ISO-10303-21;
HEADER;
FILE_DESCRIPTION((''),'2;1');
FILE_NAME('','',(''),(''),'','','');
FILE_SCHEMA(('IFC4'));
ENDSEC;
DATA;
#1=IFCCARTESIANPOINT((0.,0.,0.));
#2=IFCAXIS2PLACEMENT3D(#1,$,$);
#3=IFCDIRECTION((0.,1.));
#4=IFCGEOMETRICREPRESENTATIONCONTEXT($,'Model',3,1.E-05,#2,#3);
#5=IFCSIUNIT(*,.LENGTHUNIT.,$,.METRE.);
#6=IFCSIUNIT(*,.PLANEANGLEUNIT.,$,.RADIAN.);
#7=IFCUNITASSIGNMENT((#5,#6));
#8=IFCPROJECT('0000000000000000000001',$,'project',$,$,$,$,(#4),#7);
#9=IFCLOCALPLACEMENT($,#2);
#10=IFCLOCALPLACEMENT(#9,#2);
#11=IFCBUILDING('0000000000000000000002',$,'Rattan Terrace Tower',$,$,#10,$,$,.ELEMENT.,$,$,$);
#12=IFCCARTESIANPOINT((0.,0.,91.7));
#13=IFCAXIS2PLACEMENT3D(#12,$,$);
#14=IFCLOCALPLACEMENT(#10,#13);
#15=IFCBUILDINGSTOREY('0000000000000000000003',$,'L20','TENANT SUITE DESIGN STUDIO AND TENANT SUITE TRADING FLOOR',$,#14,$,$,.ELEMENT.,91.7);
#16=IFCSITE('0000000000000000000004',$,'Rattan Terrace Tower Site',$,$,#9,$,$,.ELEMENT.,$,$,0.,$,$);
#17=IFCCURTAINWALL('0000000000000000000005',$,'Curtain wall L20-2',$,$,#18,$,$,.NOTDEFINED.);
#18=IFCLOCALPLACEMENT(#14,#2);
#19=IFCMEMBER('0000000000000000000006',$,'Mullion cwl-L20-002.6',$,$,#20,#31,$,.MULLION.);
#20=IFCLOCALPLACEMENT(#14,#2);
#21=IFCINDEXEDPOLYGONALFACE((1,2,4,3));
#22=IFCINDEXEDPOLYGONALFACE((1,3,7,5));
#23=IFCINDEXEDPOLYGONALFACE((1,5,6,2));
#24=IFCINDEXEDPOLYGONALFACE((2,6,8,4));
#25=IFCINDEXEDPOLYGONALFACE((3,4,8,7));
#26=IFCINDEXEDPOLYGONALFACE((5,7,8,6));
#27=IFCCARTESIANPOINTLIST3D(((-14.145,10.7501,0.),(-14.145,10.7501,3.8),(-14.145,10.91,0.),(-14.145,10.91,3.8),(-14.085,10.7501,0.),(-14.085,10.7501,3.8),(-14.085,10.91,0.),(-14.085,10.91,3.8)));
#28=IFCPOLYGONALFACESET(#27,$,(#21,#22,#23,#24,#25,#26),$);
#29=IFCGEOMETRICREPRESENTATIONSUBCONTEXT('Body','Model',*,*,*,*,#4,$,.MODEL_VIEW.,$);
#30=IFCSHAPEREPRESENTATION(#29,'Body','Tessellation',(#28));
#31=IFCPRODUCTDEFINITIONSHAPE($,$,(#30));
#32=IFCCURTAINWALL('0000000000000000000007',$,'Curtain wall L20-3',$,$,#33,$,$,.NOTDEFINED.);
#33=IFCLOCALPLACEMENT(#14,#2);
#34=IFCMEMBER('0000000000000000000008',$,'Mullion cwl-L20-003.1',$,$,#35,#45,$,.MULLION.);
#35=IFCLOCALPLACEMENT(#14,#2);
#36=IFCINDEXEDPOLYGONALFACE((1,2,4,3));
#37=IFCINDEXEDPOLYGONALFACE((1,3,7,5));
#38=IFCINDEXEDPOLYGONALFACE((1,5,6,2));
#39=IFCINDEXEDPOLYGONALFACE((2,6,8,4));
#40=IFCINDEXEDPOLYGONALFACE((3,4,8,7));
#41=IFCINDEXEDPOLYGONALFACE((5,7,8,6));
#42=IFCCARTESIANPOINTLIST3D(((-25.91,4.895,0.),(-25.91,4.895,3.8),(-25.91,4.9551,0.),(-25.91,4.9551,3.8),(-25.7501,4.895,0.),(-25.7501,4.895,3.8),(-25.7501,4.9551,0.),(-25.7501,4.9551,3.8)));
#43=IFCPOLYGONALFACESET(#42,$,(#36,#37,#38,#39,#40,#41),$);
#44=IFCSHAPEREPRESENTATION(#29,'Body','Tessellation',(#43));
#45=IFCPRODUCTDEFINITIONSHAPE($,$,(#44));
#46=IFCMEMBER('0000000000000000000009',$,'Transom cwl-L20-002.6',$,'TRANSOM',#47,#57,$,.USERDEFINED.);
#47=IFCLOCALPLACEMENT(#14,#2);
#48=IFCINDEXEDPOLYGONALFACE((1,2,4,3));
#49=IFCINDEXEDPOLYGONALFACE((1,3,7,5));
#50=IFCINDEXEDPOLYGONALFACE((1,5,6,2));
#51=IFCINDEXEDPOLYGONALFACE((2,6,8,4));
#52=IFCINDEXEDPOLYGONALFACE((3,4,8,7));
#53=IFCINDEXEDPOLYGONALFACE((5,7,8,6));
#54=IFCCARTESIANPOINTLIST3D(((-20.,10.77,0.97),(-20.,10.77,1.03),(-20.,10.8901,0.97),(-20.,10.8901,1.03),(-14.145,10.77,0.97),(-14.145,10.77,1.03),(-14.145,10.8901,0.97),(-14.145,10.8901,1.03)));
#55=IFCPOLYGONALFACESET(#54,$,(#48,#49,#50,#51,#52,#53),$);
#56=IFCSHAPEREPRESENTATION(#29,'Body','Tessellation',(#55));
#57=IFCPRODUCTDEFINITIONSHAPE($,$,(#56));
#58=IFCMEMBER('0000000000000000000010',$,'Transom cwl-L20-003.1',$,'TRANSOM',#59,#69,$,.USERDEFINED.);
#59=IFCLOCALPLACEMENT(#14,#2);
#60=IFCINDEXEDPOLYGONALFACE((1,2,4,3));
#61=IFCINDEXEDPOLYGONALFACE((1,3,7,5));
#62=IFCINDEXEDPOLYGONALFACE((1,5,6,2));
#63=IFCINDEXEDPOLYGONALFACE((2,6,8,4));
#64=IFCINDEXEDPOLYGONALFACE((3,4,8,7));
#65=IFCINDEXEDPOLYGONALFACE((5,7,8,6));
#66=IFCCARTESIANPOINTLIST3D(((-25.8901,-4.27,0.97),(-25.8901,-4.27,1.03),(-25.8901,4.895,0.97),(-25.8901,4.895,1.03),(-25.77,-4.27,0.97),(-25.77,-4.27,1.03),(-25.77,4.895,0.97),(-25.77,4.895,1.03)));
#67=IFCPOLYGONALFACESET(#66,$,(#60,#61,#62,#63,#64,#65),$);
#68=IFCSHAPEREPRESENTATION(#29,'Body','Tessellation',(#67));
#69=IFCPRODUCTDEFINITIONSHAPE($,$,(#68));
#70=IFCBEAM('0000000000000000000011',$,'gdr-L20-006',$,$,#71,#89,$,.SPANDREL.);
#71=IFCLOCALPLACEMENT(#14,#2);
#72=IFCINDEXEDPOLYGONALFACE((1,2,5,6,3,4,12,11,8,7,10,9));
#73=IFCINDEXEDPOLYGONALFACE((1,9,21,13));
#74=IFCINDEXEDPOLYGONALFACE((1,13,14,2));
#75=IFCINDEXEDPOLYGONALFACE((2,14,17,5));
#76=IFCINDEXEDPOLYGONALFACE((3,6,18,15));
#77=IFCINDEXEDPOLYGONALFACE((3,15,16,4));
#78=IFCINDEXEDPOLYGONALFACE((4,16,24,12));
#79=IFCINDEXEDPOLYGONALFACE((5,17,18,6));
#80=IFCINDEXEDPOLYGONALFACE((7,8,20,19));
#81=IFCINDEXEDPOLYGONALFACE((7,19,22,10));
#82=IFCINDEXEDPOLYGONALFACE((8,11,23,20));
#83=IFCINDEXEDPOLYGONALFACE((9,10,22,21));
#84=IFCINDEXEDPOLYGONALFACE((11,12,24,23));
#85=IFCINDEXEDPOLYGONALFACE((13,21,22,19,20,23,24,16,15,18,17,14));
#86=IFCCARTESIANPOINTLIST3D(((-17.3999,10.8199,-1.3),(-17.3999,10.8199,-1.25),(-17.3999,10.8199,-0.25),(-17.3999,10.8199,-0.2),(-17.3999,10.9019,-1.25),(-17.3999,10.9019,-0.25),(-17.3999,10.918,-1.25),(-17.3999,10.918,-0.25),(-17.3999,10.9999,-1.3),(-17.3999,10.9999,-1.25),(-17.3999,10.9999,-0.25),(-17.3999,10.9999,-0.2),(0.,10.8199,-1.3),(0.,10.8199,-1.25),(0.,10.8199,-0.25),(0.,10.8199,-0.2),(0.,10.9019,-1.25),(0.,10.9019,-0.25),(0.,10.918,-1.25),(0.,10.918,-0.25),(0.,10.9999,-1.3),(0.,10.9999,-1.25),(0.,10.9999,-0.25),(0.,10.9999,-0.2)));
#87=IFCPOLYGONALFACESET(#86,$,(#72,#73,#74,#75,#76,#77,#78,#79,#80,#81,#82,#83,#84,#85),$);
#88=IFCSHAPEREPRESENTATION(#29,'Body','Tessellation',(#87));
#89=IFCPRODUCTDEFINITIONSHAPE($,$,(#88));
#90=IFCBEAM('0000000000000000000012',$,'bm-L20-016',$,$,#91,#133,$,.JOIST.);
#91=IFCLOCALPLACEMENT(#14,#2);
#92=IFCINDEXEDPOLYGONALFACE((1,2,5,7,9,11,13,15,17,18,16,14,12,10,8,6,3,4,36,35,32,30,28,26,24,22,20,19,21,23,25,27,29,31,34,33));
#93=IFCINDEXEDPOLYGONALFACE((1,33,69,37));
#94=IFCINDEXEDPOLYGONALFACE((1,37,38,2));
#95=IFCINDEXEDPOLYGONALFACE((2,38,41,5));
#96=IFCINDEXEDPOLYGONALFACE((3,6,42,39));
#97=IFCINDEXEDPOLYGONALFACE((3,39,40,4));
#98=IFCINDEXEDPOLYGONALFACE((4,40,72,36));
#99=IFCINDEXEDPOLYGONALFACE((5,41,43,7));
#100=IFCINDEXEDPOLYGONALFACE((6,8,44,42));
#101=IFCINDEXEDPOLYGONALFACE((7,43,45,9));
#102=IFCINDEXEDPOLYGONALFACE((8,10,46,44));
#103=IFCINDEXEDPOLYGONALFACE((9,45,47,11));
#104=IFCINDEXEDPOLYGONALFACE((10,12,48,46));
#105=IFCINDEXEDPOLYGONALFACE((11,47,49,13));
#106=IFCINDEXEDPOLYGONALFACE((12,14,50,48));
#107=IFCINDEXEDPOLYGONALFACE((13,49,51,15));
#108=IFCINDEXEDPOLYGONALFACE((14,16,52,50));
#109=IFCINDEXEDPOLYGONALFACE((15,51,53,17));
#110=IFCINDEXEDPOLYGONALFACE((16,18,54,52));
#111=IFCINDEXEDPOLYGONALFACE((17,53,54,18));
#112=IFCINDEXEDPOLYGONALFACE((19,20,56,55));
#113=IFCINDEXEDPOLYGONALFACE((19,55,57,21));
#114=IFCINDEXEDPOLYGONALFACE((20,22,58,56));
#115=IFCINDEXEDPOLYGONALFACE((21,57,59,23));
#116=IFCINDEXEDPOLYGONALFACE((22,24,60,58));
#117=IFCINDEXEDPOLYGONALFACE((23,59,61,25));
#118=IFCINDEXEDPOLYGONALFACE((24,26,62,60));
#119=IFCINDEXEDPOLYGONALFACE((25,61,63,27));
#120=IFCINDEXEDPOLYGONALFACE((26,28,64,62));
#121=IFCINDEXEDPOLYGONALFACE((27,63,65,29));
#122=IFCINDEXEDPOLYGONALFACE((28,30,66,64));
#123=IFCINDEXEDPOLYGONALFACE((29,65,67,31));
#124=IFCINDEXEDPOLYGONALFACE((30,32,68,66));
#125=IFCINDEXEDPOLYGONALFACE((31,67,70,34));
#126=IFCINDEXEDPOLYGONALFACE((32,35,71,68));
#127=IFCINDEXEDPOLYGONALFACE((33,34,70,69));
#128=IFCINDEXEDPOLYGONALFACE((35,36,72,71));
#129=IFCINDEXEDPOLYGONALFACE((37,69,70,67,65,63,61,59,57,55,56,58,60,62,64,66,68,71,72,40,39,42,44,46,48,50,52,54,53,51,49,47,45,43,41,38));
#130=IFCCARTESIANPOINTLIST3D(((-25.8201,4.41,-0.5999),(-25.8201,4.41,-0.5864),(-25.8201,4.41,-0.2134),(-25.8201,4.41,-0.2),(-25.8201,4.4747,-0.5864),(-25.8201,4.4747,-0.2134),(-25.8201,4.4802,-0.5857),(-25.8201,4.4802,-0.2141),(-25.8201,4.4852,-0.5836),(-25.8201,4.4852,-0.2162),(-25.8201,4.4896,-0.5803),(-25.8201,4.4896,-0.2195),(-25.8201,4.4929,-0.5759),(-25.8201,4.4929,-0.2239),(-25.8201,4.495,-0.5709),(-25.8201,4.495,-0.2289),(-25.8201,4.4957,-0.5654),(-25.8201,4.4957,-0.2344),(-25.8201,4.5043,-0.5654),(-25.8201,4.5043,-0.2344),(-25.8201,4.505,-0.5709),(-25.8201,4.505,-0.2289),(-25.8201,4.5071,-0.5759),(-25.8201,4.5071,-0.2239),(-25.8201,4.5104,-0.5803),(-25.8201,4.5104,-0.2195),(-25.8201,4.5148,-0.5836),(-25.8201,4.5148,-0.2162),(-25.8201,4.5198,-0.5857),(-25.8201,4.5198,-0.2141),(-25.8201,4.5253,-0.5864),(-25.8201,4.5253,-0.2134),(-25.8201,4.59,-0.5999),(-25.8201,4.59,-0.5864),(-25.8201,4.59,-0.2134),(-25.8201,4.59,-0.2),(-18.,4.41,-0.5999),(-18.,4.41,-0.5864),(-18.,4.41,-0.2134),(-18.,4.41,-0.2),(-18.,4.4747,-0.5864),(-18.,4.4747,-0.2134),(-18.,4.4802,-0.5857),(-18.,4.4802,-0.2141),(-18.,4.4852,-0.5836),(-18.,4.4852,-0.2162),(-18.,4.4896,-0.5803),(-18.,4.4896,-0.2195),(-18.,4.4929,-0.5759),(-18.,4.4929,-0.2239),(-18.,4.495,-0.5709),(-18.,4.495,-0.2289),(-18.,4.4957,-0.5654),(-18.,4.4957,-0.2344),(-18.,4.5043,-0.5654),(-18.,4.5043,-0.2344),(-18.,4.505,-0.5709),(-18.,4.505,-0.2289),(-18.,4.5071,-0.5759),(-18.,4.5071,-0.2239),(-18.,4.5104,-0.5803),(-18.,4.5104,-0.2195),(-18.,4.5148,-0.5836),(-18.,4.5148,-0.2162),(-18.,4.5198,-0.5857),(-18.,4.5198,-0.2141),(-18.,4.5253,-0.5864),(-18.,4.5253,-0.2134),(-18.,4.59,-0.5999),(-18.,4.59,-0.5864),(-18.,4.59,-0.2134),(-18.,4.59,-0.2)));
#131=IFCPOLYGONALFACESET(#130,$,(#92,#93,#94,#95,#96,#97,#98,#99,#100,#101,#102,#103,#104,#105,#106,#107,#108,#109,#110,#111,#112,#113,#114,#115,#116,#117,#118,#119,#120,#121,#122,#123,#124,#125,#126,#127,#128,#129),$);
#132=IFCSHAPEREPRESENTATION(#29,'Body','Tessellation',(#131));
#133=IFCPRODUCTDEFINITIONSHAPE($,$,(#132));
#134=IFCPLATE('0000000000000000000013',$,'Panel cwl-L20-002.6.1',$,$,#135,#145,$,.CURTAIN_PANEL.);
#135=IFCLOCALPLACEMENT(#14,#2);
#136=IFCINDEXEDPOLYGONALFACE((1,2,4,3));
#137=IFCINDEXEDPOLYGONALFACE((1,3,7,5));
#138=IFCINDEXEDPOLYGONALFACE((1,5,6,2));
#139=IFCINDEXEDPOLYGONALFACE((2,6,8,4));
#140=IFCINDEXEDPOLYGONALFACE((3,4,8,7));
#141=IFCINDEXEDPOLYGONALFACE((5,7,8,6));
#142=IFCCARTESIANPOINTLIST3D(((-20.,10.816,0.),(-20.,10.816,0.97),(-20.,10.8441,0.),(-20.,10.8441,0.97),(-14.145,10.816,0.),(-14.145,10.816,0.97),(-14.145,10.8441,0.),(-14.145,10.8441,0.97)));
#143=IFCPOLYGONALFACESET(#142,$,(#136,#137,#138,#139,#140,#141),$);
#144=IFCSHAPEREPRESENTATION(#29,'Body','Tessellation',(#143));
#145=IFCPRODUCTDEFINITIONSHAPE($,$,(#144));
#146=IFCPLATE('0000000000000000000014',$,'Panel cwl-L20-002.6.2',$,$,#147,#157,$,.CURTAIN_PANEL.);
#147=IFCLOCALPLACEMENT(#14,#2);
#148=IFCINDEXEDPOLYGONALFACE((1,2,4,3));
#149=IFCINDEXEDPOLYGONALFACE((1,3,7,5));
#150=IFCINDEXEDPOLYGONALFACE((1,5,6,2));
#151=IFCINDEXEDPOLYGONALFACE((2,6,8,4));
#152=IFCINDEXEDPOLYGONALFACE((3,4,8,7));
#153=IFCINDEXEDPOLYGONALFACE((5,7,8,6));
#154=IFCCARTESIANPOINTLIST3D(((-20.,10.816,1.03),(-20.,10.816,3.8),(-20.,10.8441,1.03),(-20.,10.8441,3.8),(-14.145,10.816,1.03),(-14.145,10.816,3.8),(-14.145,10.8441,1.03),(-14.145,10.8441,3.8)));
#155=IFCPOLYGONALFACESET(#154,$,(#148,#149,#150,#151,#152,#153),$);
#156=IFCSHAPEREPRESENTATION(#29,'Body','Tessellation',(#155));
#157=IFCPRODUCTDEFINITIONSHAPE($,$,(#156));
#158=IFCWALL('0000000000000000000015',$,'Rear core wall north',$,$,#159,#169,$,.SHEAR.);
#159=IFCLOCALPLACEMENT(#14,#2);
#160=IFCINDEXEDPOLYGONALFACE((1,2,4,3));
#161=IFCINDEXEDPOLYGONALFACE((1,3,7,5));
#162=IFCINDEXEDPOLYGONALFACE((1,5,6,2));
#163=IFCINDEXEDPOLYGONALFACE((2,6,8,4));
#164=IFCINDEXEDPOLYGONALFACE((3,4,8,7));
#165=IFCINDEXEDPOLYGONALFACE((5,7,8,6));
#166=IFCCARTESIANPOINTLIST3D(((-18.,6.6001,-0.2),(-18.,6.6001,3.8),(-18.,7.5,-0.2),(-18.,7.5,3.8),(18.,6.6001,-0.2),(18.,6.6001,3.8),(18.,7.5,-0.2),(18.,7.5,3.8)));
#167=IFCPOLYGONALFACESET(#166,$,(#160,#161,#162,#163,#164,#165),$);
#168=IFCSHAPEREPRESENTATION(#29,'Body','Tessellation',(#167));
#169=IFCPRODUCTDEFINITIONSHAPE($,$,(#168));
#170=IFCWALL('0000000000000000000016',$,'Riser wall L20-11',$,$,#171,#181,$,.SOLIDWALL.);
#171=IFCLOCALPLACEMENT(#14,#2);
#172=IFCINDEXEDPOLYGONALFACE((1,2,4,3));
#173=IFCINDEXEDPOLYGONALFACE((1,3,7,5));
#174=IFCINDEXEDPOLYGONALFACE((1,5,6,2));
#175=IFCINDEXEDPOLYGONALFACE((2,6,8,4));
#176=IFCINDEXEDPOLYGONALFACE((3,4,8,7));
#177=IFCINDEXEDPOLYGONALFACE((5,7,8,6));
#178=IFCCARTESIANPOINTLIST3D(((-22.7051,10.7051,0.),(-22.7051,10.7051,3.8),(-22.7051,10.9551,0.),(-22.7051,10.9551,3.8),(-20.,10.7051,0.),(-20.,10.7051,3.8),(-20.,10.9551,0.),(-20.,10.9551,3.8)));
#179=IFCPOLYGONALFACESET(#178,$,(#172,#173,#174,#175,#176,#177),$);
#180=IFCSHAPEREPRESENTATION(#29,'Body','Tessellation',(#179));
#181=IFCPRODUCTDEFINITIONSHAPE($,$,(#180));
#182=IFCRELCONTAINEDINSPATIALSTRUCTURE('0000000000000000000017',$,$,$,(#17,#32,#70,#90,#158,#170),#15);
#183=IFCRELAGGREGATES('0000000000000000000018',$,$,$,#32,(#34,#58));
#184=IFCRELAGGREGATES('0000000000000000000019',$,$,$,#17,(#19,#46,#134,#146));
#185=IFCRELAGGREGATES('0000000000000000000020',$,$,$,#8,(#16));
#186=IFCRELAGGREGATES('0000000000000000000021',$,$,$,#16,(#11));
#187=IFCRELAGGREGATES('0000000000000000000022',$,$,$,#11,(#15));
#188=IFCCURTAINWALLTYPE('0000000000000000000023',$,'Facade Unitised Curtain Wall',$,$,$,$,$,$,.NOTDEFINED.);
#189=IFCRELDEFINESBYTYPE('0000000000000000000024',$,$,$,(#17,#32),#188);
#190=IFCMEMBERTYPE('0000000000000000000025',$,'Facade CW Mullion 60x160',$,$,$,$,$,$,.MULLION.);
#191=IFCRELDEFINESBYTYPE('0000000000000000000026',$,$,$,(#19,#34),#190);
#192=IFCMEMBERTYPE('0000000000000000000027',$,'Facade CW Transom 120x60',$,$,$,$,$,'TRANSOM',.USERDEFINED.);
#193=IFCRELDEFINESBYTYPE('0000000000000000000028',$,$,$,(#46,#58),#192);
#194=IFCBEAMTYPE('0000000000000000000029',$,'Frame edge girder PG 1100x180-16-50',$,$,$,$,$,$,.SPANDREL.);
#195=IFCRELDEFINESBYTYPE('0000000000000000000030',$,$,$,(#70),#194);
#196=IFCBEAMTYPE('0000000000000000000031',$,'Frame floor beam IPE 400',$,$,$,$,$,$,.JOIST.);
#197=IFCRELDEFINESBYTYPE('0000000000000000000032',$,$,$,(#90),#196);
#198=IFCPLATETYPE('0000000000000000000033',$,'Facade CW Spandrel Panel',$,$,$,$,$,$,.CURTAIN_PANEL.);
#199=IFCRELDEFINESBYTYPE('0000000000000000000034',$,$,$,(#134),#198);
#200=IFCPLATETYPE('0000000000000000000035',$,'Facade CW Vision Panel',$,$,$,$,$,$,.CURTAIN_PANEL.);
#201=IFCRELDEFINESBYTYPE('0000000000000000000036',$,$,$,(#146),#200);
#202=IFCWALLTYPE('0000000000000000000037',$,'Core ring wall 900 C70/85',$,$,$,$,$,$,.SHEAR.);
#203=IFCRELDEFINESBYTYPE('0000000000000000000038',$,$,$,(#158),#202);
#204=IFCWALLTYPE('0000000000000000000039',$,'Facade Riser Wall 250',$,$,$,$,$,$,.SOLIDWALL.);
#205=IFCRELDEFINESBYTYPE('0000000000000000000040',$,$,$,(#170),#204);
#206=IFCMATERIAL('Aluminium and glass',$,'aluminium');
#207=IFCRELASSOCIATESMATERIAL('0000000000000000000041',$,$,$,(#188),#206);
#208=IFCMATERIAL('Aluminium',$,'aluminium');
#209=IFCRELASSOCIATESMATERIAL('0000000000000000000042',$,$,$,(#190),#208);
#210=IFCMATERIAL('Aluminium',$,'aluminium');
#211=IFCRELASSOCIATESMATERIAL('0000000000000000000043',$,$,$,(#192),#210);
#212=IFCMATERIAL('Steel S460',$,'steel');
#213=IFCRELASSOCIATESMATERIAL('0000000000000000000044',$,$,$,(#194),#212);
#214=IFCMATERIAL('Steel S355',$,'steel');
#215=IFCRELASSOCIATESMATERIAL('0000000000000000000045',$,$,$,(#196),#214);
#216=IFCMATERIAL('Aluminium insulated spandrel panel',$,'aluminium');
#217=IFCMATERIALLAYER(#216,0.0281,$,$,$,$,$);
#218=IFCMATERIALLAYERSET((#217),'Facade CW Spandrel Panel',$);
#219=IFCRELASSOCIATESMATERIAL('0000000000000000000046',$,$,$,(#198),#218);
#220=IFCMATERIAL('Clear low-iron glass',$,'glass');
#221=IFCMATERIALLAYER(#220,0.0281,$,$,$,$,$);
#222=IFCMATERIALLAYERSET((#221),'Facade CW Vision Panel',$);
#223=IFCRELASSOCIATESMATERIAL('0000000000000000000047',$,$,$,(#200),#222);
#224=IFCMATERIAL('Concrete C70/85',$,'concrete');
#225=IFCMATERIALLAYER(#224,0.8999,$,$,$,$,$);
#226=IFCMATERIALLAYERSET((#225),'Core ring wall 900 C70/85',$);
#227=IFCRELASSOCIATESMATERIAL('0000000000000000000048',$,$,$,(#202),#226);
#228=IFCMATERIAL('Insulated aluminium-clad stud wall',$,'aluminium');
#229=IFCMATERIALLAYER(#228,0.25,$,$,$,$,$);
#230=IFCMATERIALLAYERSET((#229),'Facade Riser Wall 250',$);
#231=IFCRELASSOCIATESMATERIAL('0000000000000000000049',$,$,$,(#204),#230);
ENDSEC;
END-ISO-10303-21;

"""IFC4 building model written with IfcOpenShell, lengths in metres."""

from ifc_helpers import new_model, si_unit, direction, frame, frame_2d, origin, origin_2d, place, context, subcontext, project, spatial, rectangle, i_section, extrude, material, layer, layer_set, material_profile, profile_set, type_object, element, aggregate, save


model = new_model("IFC4")

# Units and contexts
model_context = context("Model", 3, precision=1e-05, world=origin(), true_north=direction((0.0, 1.0)))
body_context = subcontext(model_context, "Body", "Model", "MODEL_VIEW")
ifc_project = project(units=[si_unit("LENGTHUNIT", "METRE"), si_unit("PLANEANGLEUNIT", "RADIAN")], contexts=[model_context])

# Site, building, storey
site_placement = place(None, origin())
site = spatial("IfcSite", under=ifc_project, at=site_placement, Name="Rattan Terrace Tower Site", CompositionType="ELEMENT", RefElevation=0.0)
building_placement = place(site_placement, origin())
building = spatial("IfcBuilding", under=site, at=building_placement, Name="Rattan Terrace Tower", CompositionType="ELEMENT")
storey_placement = place(building_placement, frame((0.0, 0.0, 91.7)))
storey = spatial("IfcBuildingStorey", under=building, at=storey_placement, Name="L20", Description="TENANT SUITE DESIGN STUDIO AND TENANT SUITE TRADING FLOOR", CompositionType="ELEMENT", Elevation=91.7)

# Curtain walls, members
ifc_material_1 = material(Name="Aluminium and glass", Category="aluminium")
curtain_wall_type = type_object("IfcCurtainWallType", Name="Facade Unitised Curtain Wall", PredefinedType="NOTDEFINED", material=ifc_material_1)
curtain_wall_1_placement = place(storey_placement, origin())
curtain_wall_1 = element("IfcCurtainWall", 1, at=curtain_wall_1_placement, inside=storey, type_object=curtain_wall_type, Name="Curtain wall L20-2", PredefinedType="NOTDEFINED")
ifc_material_2 = material(Name="Aluminium", Category="aluminium")
ifc_material_profile_1 = material_profile(ifc_material_2, rectangle(XDim=0.0601, YDim=0.1599, at=origin_2d()), Name="Aluminium 60x160")
ifc_profile_set_1 = profile_set([ifc_material_profile_1], Name="Aluminium")
member_type_1 = type_object("IfcMemberType", Name="Facade CW Mullion 60x160", PredefinedType="MULLION", material=ifc_profile_set_1)
member_1_placement = place(storey_placement, frame((-14.115, 10.8301, 0.0), z_axis=(0.0, 0.0, 1.0), x_axis=(-1.0, 0.0, 0.0)))
member_1 = element("IfcMember", 2, at=member_1_placement, type_object=member_type_1, Name="Mullion cwl-L20-002.6", PredefinedType="MULLION", context=body_context, shape_type="SweptSolid", body=[
    extrude(rectangle(XDim=0.0601, YDim=0.1599, at=origin_2d()), origin(), (0.0, 0.0, 1.0), 3.8),
])
curtain_wall_2_placement = place(storey_placement, origin())
curtain_wall_2 = element("IfcCurtainWall", 3, at=curtain_wall_2_placement, inside=storey, type_object=curtain_wall_type, Name="Curtain wall L20-3", PredefinedType="NOTDEFINED")
member_2_placement = place(storey_placement, frame((-25.8301, 4.925, 0.0), z_axis=(0.0, 0.0, 1.0), x_axis=(0.0, -1.0, 0.0)))
member_2 = element("IfcMember", 4, at=member_2_placement, type_object=member_type_1, Name="Mullion cwl-L20-003.1", PredefinedType="MULLION", context=body_context, shape_type="SweptSolid", body=[
    extrude(rectangle(XDim=0.0601, YDim=0.1599, at=origin_2d()), origin(), (0.0, 0.0, 1.0), 3.8),
])

# Members
ifc_material_3 = material(Name="Aluminium", Category="aluminium")
ifc_material_profile_2 = material_profile(ifc_material_3, rectangle(XDim=0.1201, YDim=0.0601, at=origin_2d()), Name="Aluminium 120x60")
ifc_profile_set_2 = profile_set([ifc_material_profile_2], Name="Aluminium")
member_type_2 = type_object("IfcMemberType", Name="Facade CW Transom 120x60", ElementType="TRANSOM", PredefinedType="USERDEFINED", material=ifc_profile_set_2)
member_3_placement = place(storey_placement, frame((-14.145, 10.8301, 1.0), z_axis=(-1.0, 0.0, 0.0), x_axis=(0.0, -1.0, 0.0)))
member_3 = element("IfcMember", 5, at=member_3_placement, type_object=member_type_2, Name="Transom cwl-L20-002.6", ObjectType="TRANSOM", PredefinedType="USERDEFINED", context=body_context, shape_type="SweptSolid", body=[
    extrude(rectangle(XDim=0.1201, YDim=0.0601, at=origin_2d()), origin(), (0.0, 0.0, 1.0), 5.855),
])
member_4_placement = place(storey_placement, frame((-25.8301, 4.895, 1.0), z_axis=(0.0, -1.0, 0.0), x_axis=(1.0, 0.0, 0.0)))
member_4 = element("IfcMember", 6, at=member_4_placement, type_object=member_type_2, Name="Transom cwl-L20-003.1", ObjectType="TRANSOM", PredefinedType="USERDEFINED", context=body_context, shape_type="SweptSolid", body=[
    extrude(rectangle(XDim=0.1201, YDim=0.0601, at=origin_2d()), origin(), (0.0, 0.0, 1.0), 9.165),
])
aggregate(curtain_wall_2, [member_2, member_4])

# Beams
ifc_material_4 = material(Name="Steel S460", Category="steel")
ifc_material_profile_3 = material_profile(ifc_material_4, i_section(OverallWidth=0.1799, OverallDepth=1.1001, WebThickness=0.0161, FlangeThickness=0.05, at=origin_2d()), Name="PG 1100x180-16-50")
ifc_profile_set_3 = profile_set([ifc_material_profile_3], Name="Steel S460")
beam_type_1 = type_object("IfcBeamType", Name="Frame edge girder PG 1100x180-16-50", PredefinedType="SPANDREL", material=ifc_profile_set_3)
beam_1_placement = place(storey_placement, frame((-17.3999, 10.9099, -0.75), z_axis=(1.0, 0.0, 0.0), x_axis=(0.0, 1.0, 0.0)))
element("IfcBeam", 7, at=beam_1_placement, inside=storey, type_object=beam_type_1, Name="gdr-L20-006", PredefinedType="SPANDREL", context=body_context, shape_type="SweptSolid", body=[
    extrude(i_section(OverallWidth=0.1799, OverallDepth=1.1001, WebThickness=0.0161, FlangeThickness=0.05, at=origin_2d()), origin(), (0.0, 0.0, 1.0), 17.3999),
])
ifc_material_5 = material(Name="Steel S355", Category="steel")
ifc_material_profile_4 = material_profile(ifc_material_5, i_section(OverallWidth=0.1799, OverallDepth=0.3999, WebThickness=0.0085, FlangeThickness=0.0134, FilletRadius=0.021, at=origin_2d()), Name="IPE 400")
ifc_profile_set_4 = profile_set([ifc_material_profile_4], Name="Steel S355")
beam_type_2 = type_object("IfcBeamType", Name="Frame floor beam IPE 400", PredefinedType="JOIST", material=ifc_profile_set_4)
beam_2_placement = place(storey_placement, frame((-25.8201, 4.5, -0.3999), z_axis=(1.0, 0.0, 0.0), x_axis=(0.0, 1.0, 0.0)))
element("IfcBeam", 8, at=beam_2_placement, inside=storey, type_object=beam_type_2, Name="bm-L20-016", PredefinedType="JOIST", context=body_context, shape_type="SweptSolid", body=[
    extrude(i_section(OverallWidth=0.1799, OverallDepth=0.3999, WebThickness=0.0085, FlangeThickness=0.0134, FilletRadius=0.021, at=origin_2d()), origin(), (0.0, 0.0, 1.0), 7.8201),
])

# Plates
ifc_material_6 = material(Name="Aluminium insulated spandrel panel", Category="aluminium")
ifc_layer_1 = layer(ifc_material_6, 0.0281)
ifc_layer_set_1 = layer_set([ifc_layer_1], Name="Facade CW Spandrel Panel")
plate_type_1 = type_object("IfcPlateType", Name="Facade CW Spandrel Panel", PredefinedType="CURTAIN_PANEL", material=ifc_layer_set_1)
plate_1_placement = place(storey_placement, frame((-17.0725, 10.8301, 0.0), z_axis=(0.0, 0.0, 1.0), x_axis=(-1.0, 0.0, 0.0)))
plate_1 = element("IfcPlate", 9, at=plate_1_placement, type_object=plate_type_1, Name="Panel cwl-L20-002.6.1", PredefinedType="CURTAIN_PANEL", context=body_context, shape_type="SweptSolid", body=[
    extrude(rectangle(XDim=5.855, YDim=0.0281, at=origin_2d()), origin(), (0.0, 0.0, 1.0), 0.97),
])
ifc_material_7 = material(Name="Clear low-iron glass", Category="glass")
ifc_layer_2 = layer(ifc_material_7, 0.0281)
ifc_layer_set_2 = layer_set([ifc_layer_2], Name="Facade CW Vision Panel")
plate_type_2 = type_object("IfcPlateType", Name="Facade CW Vision Panel", PredefinedType="CURTAIN_PANEL", material=ifc_layer_set_2)
plate_2_placement = place(storey_placement, frame((-17.0725, 10.8301, 1.03), z_axis=(0.0, 0.0, 1.0), x_axis=(-1.0, 0.0, 0.0)))
plate_2 = element("IfcPlate", 10, at=plate_2_placement, type_object=plate_type_2, Name="Panel cwl-L20-002.6.2", PredefinedType="CURTAIN_PANEL", context=body_context, shape_type="SweptSolid", body=[
    extrude(rectangle(XDim=5.855, YDim=0.0281, at=origin_2d()), origin(), (0.0, 0.0, 1.0), 2.77),
])
aggregate(curtain_wall_1, [member_1, member_3, plate_1, plate_2])

# Walls
ifc_material_8 = material(Name="Concrete C70/85", Category="concrete")
ifc_layer_3 = layer(ifc_material_8, 0.8999)
ifc_layer_set_3 = layer_set([ifc_layer_3], Name="Core ring wall 900 C70/85")
wall_type_1 = type_object("IfcWallType", Name="Core ring wall 900 C70/85", PredefinedType="SHEAR", material=ifc_layer_set_3)
wall_1_placement = place(storey_placement, frame((-18.0, 7.05, -0.2), z_axis=(0.0, 0.0, 1.0), x_axis=(1.0, 0.0, 0.0)))
element("IfcWall", 11, at=wall_1_placement, inside=storey, type_object=wall_type_1, Name="Rear core wall north", PredefinedType="SHEAR", context=body_context, shape_type="SweptSolid", body=[
    extrude(rectangle(XDim=36.0, YDim=0.8999, at=frame_2d((18.0, 0.0))), origin(), (0.0, 0.0, 1.0), 4.0),
])
ifc_material_9 = material(Name="Insulated aluminium-clad stud wall", Category="aluminium")
ifc_layer_4 = layer(ifc_material_9, 0.25)
ifc_layer_set_4 = layer_set([ifc_layer_4], Name="Facade Riser Wall 250")
wall_type_2 = type_object("IfcWallType", Name="Facade Riser Wall 250", PredefinedType="SOLIDWALL", material=ifc_layer_set_4)
wall_2_placement = place(storey_placement, frame((-20.0, 10.8301, 0.0), z_axis=(0.0, 0.0, 1.0), x_axis=(-1.0, 0.0, 0.0)))
element("IfcWall", 12, at=wall_2_placement, inside=storey, type_object=wall_type_2, Name="Riser wall L20-11", PredefinedType="SOLIDWALL", context=body_context, shape_type="SweptSolid", body=[
    extrude(rectangle(XDim=2.7051, YDim=0.25, at=frame_2d((1.3525, 0.0))), origin(), (0.0, 0.0, 1.0), 3.8),
])

save(model, "model.ifc")
